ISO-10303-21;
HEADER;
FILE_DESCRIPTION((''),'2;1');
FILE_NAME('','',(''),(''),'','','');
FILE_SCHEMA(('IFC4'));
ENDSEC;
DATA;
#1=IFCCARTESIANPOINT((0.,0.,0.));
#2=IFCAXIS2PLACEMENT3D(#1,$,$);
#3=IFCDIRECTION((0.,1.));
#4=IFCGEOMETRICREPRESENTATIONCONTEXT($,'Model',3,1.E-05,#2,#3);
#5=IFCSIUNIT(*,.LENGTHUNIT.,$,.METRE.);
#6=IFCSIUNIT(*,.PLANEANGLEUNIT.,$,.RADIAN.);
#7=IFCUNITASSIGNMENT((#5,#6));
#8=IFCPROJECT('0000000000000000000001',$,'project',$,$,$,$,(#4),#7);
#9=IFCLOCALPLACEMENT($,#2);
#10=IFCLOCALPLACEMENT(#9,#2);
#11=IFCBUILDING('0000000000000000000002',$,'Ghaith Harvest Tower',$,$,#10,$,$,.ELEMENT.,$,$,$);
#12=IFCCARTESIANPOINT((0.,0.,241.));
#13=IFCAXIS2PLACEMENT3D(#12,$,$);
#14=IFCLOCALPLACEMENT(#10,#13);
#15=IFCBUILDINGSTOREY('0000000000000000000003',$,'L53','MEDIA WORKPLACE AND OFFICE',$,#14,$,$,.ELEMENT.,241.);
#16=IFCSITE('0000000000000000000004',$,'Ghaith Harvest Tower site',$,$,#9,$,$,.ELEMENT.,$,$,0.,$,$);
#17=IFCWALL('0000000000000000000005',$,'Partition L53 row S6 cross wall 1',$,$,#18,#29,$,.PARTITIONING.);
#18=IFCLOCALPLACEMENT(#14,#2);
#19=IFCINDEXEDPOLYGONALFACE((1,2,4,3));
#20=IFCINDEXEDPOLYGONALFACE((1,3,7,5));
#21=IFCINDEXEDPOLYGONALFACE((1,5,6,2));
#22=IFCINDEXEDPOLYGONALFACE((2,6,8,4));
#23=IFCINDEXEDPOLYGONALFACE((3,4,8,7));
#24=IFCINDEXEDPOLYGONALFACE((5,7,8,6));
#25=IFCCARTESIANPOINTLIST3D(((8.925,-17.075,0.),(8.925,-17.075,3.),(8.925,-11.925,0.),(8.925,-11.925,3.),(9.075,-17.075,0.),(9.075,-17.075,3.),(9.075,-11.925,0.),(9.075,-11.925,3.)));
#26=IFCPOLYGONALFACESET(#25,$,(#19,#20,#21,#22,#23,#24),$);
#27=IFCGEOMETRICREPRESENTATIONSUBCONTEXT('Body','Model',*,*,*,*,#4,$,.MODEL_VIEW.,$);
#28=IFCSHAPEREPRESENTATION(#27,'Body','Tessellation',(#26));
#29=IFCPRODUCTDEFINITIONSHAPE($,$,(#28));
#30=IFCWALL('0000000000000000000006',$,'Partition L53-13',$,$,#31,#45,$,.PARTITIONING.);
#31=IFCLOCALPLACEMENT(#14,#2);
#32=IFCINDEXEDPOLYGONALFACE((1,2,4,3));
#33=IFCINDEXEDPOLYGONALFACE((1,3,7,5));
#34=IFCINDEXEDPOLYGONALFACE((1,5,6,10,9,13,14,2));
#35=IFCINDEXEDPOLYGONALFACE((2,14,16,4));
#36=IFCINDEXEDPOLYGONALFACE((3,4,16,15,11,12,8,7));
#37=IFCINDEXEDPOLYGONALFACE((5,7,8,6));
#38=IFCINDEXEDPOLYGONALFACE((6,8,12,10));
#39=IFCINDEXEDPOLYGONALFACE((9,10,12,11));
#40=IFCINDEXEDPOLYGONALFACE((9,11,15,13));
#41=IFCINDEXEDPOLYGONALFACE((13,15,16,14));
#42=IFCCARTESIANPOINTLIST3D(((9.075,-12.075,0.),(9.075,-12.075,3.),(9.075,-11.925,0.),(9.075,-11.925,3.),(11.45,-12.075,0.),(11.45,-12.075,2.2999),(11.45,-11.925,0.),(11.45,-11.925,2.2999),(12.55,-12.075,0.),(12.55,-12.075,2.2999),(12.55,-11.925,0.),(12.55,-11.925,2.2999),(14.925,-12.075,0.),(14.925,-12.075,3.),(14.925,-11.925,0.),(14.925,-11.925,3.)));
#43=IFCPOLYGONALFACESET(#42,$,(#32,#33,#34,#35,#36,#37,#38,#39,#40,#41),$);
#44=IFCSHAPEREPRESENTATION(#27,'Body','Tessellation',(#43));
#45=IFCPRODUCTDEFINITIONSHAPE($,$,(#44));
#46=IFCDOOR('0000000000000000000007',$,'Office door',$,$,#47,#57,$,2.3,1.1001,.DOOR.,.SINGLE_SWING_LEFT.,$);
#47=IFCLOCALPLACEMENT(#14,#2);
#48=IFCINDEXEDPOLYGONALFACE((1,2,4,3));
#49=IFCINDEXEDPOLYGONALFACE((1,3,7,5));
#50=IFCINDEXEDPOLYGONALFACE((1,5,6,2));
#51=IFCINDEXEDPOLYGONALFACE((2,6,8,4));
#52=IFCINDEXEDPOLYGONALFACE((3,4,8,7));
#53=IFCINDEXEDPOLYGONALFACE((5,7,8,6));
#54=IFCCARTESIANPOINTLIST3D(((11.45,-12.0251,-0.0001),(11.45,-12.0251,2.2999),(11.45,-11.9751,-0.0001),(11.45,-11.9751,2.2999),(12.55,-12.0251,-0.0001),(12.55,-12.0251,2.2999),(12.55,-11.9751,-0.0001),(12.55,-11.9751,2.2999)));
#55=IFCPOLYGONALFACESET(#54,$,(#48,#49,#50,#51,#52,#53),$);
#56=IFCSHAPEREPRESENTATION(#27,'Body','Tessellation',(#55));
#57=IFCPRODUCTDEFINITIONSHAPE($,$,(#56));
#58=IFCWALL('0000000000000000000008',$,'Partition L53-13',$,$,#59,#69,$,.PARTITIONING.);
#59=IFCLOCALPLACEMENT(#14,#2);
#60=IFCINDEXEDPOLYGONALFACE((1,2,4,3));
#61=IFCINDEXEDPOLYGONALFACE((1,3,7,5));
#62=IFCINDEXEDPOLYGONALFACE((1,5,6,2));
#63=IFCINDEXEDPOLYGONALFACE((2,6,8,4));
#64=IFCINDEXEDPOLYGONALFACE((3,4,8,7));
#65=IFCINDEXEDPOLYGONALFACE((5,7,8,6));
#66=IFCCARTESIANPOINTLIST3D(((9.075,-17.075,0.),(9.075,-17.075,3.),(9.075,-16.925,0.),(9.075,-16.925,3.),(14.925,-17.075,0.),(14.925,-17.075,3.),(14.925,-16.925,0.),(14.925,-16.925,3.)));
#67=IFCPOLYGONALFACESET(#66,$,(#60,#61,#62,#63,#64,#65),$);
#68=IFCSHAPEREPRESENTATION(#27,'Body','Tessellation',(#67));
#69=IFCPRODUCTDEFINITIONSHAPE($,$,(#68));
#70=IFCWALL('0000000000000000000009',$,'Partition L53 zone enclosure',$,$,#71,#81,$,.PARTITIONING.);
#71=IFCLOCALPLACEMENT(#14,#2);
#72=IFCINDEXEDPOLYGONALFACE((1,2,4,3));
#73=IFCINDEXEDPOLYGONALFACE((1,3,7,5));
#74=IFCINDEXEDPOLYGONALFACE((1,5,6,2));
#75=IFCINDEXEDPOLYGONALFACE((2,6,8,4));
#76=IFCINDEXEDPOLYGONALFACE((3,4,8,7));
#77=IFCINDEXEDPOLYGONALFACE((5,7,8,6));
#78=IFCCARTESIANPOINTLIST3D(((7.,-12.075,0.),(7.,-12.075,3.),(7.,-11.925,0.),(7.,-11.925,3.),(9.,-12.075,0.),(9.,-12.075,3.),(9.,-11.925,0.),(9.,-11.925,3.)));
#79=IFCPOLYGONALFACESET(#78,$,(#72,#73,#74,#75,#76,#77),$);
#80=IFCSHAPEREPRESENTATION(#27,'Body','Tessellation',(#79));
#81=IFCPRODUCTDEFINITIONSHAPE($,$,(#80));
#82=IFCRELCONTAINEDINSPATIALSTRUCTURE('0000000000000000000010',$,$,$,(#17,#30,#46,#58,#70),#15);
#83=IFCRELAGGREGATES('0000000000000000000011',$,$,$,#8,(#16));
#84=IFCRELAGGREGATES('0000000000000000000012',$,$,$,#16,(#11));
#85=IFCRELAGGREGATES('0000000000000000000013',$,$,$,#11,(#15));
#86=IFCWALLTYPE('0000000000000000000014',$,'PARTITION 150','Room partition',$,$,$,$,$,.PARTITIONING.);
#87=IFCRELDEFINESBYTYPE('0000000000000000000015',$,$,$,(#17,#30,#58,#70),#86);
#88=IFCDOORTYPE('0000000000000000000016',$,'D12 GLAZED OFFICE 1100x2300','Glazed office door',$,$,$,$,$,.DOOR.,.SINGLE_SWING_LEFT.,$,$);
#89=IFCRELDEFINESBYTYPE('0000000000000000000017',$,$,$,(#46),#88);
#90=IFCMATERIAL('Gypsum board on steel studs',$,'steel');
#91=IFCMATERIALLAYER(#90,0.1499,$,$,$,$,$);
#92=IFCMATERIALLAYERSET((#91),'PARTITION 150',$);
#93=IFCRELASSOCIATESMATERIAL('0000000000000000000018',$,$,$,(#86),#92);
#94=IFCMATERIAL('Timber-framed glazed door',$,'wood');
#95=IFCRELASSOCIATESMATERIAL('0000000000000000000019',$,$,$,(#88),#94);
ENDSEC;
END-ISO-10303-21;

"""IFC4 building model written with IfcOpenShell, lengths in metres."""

from ifc_helpers import new_model, si_unit, direction, frame, frame_2d, origin, place, context, subcontext, project, spatial, rectangle, extrude, material, layer, layer_set, type_object, element, fill, save


model = new_model("IFC4")

# Units and contexts
model_context = context("Model", 3, precision=1e-05, world=origin(), true_north=direction((0.0, 1.0)))
body_context = subcontext(model_context, "Body", "Model", "MODEL_VIEW")
ifc_project = project(units=[si_unit("LENGTHUNIT", "METRE"), si_unit("PLANEANGLEUNIT", "RADIAN")], contexts=[model_context])

# Site, building, storey
site_placement = place(None, origin())
site = spatial("IfcSite", under=ifc_project, at=site_placement, Name="Ghaith Harvest Tower site", CompositionType="ELEMENT", RefElevation=0.0)
building_placement = place(site_placement, origin())
building = spatial("IfcBuilding", under=site, at=building_placement, Name="Ghaith Harvest Tower", CompositionType="ELEMENT")
storey_placement = place(building_placement, frame((0.0, 0.0, 241.0)))
storey = spatial("IfcBuildingStorey", under=building, at=storey_placement, Name="L53", Description="MEDIA WORKPLACE AND OFFICE", CompositionType="ELEMENT", Elevation=241.0)

# Shared definitions
ifc_material_1 = material(Name="Gypsum board on steel studs", Category="steel")
ifc_layer_1 = layer(ifc_material_1, 0.1499)
ifc_layer_set_1 = layer_set([ifc_layer_1], Name="PARTITION 150")
wall_type_1 = type_object("IfcWallType", Name="PARTITION 150", Description="Room partition", PredefinedType="PARTITIONING", material=ifc_layer_set_1)

# Wall
wall_1_placement = place(storey_placement, frame((9.0, -11.925, 0.0), z_axis=(0.0, 0.0, 1.0), x_axis=(0.0, -1.0, 0.0)))
element("IfcWall", 1, at=wall_1_placement, inside=storey, type_object=wall_type_1, Name="Partition L53 row S6 cross wall 1", PredefinedType="PARTITIONING", context=body_context, shape_type="SweptSolid", body=[
    extrude(rectangle(XDim=5.1499, YDim=0.1499, at=frame_2d((2.575, 0.0))), origin(), (0.0, 0.0, 1.0), 3.0),
])

# Wall, opening, door
wall_2_placement = place(storey_placement, frame((9.075, -12.0, 0.0), z_axis=(0.0, 0.0, 1.0), x_axis=(1.0, 0.0, 0.0)))
wall_2 = element("IfcWall", 2, at=wall_2_placement, inside=storey, type_object=wall_type_1, Name="Partition L53-13", PredefinedType="PARTITIONING", context=body_context, shape_type="SweptSolid", body=[
    extrude(rectangle(XDim=5.8501, YDim=0.1499, at=frame_2d((2.925, 0.0))), origin(), (0.0, 0.0, 1.0), 3.0),
])
opening_1_placement = place(wall_2_placement, frame((2.375, 0.0, 0.0)))
opening_1 = element("IfcOpeningElement", 3, at=opening_1_placement, cuts=wall_2, PredefinedType="OPENING", context=body_context, shape_type="SweptSolid", body=[
    extrude(rectangle(XDim=1.1001, YDim=2.3, at=frame_2d((0.55, 1.1499))), frame((0.0, 0.085, 0.0), z_axis=(0.0, -1.0, 0.0), x_axis=(1.0, 0.0, 0.0)), (0.0, 0.0, 1.0), 0.1699),
])
ifc_material_2 = material(Name="Timber-framed glazed door", Category="wood")
door_type_1 = type_object("IfcDoorType", Name="D12 GLAZED OFFICE 1100x2300", Description="Glazed office door", OperationType="SINGLE_SWING_LEFT", PredefinedType="DOOR", material=ifc_material_2)
door_1_placement = place(opening_1_placement, origin())
door_1 = element("IfcDoor", 4, at=door_1_placement, inside=storey, type_object=door_type_1, Name="Office door", OperationType="SINGLE_SWING_LEFT", OverallHeight=2.3, OverallWidth=1.1001, PredefinedType="DOOR", context=body_context, shape_type="SweptSolid", body=[
    extrude(rectangle(XDim=1.1001, YDim=2.3, at=frame_2d((0.55, 1.1499))), frame((0.0, 0.0249, 0.0), z_axis=(0.0, -1.0, 0.0), x_axis=(1.0, 0.0, 0.0)), (0.0, 0.0, 1.0), 0.05),
])
fill(opening_1, door_1)

# Walls
wall_3_placement = place(storey_placement, frame((9.075, -17.0, 0.0), z_axis=(0.0, 0.0, 1.0), x_axis=(1.0, 0.0, 0.0)))
element("IfcWall", 5, at=wall_3_placement, inside=storey, type_object=wall_type_1, Name="Partition L53-13", PredefinedType="PARTITIONING", context=body_context, shape_type="SweptSolid", body=[
    extrude(rectangle(XDim=5.8501, YDim=0.1499, at=frame_2d((2.925, 0.0))), origin(), (0.0, 0.0, 1.0), 3.0),
])
wall_4_placement = place(storey_placement, frame((7.0, -12.0, 0.0), z_axis=(0.0, 0.0, 1.0), x_axis=(1.0, 0.0, 0.0)))
element("IfcWall", 6, at=wall_4_placement, inside=storey, type_object=wall_type_1, Name="Partition L53 zone enclosure", PredefinedType="PARTITIONING", context=body_context, shape_type="SweptSolid", body=[
    extrude(rectangle(XDim=2.0, YDim=0.1499, at=frame_2d((1.0, 0.0))), origin(), (0.0, 0.0, 1.0), 3.0),
])

save(model, "model.ifc")
